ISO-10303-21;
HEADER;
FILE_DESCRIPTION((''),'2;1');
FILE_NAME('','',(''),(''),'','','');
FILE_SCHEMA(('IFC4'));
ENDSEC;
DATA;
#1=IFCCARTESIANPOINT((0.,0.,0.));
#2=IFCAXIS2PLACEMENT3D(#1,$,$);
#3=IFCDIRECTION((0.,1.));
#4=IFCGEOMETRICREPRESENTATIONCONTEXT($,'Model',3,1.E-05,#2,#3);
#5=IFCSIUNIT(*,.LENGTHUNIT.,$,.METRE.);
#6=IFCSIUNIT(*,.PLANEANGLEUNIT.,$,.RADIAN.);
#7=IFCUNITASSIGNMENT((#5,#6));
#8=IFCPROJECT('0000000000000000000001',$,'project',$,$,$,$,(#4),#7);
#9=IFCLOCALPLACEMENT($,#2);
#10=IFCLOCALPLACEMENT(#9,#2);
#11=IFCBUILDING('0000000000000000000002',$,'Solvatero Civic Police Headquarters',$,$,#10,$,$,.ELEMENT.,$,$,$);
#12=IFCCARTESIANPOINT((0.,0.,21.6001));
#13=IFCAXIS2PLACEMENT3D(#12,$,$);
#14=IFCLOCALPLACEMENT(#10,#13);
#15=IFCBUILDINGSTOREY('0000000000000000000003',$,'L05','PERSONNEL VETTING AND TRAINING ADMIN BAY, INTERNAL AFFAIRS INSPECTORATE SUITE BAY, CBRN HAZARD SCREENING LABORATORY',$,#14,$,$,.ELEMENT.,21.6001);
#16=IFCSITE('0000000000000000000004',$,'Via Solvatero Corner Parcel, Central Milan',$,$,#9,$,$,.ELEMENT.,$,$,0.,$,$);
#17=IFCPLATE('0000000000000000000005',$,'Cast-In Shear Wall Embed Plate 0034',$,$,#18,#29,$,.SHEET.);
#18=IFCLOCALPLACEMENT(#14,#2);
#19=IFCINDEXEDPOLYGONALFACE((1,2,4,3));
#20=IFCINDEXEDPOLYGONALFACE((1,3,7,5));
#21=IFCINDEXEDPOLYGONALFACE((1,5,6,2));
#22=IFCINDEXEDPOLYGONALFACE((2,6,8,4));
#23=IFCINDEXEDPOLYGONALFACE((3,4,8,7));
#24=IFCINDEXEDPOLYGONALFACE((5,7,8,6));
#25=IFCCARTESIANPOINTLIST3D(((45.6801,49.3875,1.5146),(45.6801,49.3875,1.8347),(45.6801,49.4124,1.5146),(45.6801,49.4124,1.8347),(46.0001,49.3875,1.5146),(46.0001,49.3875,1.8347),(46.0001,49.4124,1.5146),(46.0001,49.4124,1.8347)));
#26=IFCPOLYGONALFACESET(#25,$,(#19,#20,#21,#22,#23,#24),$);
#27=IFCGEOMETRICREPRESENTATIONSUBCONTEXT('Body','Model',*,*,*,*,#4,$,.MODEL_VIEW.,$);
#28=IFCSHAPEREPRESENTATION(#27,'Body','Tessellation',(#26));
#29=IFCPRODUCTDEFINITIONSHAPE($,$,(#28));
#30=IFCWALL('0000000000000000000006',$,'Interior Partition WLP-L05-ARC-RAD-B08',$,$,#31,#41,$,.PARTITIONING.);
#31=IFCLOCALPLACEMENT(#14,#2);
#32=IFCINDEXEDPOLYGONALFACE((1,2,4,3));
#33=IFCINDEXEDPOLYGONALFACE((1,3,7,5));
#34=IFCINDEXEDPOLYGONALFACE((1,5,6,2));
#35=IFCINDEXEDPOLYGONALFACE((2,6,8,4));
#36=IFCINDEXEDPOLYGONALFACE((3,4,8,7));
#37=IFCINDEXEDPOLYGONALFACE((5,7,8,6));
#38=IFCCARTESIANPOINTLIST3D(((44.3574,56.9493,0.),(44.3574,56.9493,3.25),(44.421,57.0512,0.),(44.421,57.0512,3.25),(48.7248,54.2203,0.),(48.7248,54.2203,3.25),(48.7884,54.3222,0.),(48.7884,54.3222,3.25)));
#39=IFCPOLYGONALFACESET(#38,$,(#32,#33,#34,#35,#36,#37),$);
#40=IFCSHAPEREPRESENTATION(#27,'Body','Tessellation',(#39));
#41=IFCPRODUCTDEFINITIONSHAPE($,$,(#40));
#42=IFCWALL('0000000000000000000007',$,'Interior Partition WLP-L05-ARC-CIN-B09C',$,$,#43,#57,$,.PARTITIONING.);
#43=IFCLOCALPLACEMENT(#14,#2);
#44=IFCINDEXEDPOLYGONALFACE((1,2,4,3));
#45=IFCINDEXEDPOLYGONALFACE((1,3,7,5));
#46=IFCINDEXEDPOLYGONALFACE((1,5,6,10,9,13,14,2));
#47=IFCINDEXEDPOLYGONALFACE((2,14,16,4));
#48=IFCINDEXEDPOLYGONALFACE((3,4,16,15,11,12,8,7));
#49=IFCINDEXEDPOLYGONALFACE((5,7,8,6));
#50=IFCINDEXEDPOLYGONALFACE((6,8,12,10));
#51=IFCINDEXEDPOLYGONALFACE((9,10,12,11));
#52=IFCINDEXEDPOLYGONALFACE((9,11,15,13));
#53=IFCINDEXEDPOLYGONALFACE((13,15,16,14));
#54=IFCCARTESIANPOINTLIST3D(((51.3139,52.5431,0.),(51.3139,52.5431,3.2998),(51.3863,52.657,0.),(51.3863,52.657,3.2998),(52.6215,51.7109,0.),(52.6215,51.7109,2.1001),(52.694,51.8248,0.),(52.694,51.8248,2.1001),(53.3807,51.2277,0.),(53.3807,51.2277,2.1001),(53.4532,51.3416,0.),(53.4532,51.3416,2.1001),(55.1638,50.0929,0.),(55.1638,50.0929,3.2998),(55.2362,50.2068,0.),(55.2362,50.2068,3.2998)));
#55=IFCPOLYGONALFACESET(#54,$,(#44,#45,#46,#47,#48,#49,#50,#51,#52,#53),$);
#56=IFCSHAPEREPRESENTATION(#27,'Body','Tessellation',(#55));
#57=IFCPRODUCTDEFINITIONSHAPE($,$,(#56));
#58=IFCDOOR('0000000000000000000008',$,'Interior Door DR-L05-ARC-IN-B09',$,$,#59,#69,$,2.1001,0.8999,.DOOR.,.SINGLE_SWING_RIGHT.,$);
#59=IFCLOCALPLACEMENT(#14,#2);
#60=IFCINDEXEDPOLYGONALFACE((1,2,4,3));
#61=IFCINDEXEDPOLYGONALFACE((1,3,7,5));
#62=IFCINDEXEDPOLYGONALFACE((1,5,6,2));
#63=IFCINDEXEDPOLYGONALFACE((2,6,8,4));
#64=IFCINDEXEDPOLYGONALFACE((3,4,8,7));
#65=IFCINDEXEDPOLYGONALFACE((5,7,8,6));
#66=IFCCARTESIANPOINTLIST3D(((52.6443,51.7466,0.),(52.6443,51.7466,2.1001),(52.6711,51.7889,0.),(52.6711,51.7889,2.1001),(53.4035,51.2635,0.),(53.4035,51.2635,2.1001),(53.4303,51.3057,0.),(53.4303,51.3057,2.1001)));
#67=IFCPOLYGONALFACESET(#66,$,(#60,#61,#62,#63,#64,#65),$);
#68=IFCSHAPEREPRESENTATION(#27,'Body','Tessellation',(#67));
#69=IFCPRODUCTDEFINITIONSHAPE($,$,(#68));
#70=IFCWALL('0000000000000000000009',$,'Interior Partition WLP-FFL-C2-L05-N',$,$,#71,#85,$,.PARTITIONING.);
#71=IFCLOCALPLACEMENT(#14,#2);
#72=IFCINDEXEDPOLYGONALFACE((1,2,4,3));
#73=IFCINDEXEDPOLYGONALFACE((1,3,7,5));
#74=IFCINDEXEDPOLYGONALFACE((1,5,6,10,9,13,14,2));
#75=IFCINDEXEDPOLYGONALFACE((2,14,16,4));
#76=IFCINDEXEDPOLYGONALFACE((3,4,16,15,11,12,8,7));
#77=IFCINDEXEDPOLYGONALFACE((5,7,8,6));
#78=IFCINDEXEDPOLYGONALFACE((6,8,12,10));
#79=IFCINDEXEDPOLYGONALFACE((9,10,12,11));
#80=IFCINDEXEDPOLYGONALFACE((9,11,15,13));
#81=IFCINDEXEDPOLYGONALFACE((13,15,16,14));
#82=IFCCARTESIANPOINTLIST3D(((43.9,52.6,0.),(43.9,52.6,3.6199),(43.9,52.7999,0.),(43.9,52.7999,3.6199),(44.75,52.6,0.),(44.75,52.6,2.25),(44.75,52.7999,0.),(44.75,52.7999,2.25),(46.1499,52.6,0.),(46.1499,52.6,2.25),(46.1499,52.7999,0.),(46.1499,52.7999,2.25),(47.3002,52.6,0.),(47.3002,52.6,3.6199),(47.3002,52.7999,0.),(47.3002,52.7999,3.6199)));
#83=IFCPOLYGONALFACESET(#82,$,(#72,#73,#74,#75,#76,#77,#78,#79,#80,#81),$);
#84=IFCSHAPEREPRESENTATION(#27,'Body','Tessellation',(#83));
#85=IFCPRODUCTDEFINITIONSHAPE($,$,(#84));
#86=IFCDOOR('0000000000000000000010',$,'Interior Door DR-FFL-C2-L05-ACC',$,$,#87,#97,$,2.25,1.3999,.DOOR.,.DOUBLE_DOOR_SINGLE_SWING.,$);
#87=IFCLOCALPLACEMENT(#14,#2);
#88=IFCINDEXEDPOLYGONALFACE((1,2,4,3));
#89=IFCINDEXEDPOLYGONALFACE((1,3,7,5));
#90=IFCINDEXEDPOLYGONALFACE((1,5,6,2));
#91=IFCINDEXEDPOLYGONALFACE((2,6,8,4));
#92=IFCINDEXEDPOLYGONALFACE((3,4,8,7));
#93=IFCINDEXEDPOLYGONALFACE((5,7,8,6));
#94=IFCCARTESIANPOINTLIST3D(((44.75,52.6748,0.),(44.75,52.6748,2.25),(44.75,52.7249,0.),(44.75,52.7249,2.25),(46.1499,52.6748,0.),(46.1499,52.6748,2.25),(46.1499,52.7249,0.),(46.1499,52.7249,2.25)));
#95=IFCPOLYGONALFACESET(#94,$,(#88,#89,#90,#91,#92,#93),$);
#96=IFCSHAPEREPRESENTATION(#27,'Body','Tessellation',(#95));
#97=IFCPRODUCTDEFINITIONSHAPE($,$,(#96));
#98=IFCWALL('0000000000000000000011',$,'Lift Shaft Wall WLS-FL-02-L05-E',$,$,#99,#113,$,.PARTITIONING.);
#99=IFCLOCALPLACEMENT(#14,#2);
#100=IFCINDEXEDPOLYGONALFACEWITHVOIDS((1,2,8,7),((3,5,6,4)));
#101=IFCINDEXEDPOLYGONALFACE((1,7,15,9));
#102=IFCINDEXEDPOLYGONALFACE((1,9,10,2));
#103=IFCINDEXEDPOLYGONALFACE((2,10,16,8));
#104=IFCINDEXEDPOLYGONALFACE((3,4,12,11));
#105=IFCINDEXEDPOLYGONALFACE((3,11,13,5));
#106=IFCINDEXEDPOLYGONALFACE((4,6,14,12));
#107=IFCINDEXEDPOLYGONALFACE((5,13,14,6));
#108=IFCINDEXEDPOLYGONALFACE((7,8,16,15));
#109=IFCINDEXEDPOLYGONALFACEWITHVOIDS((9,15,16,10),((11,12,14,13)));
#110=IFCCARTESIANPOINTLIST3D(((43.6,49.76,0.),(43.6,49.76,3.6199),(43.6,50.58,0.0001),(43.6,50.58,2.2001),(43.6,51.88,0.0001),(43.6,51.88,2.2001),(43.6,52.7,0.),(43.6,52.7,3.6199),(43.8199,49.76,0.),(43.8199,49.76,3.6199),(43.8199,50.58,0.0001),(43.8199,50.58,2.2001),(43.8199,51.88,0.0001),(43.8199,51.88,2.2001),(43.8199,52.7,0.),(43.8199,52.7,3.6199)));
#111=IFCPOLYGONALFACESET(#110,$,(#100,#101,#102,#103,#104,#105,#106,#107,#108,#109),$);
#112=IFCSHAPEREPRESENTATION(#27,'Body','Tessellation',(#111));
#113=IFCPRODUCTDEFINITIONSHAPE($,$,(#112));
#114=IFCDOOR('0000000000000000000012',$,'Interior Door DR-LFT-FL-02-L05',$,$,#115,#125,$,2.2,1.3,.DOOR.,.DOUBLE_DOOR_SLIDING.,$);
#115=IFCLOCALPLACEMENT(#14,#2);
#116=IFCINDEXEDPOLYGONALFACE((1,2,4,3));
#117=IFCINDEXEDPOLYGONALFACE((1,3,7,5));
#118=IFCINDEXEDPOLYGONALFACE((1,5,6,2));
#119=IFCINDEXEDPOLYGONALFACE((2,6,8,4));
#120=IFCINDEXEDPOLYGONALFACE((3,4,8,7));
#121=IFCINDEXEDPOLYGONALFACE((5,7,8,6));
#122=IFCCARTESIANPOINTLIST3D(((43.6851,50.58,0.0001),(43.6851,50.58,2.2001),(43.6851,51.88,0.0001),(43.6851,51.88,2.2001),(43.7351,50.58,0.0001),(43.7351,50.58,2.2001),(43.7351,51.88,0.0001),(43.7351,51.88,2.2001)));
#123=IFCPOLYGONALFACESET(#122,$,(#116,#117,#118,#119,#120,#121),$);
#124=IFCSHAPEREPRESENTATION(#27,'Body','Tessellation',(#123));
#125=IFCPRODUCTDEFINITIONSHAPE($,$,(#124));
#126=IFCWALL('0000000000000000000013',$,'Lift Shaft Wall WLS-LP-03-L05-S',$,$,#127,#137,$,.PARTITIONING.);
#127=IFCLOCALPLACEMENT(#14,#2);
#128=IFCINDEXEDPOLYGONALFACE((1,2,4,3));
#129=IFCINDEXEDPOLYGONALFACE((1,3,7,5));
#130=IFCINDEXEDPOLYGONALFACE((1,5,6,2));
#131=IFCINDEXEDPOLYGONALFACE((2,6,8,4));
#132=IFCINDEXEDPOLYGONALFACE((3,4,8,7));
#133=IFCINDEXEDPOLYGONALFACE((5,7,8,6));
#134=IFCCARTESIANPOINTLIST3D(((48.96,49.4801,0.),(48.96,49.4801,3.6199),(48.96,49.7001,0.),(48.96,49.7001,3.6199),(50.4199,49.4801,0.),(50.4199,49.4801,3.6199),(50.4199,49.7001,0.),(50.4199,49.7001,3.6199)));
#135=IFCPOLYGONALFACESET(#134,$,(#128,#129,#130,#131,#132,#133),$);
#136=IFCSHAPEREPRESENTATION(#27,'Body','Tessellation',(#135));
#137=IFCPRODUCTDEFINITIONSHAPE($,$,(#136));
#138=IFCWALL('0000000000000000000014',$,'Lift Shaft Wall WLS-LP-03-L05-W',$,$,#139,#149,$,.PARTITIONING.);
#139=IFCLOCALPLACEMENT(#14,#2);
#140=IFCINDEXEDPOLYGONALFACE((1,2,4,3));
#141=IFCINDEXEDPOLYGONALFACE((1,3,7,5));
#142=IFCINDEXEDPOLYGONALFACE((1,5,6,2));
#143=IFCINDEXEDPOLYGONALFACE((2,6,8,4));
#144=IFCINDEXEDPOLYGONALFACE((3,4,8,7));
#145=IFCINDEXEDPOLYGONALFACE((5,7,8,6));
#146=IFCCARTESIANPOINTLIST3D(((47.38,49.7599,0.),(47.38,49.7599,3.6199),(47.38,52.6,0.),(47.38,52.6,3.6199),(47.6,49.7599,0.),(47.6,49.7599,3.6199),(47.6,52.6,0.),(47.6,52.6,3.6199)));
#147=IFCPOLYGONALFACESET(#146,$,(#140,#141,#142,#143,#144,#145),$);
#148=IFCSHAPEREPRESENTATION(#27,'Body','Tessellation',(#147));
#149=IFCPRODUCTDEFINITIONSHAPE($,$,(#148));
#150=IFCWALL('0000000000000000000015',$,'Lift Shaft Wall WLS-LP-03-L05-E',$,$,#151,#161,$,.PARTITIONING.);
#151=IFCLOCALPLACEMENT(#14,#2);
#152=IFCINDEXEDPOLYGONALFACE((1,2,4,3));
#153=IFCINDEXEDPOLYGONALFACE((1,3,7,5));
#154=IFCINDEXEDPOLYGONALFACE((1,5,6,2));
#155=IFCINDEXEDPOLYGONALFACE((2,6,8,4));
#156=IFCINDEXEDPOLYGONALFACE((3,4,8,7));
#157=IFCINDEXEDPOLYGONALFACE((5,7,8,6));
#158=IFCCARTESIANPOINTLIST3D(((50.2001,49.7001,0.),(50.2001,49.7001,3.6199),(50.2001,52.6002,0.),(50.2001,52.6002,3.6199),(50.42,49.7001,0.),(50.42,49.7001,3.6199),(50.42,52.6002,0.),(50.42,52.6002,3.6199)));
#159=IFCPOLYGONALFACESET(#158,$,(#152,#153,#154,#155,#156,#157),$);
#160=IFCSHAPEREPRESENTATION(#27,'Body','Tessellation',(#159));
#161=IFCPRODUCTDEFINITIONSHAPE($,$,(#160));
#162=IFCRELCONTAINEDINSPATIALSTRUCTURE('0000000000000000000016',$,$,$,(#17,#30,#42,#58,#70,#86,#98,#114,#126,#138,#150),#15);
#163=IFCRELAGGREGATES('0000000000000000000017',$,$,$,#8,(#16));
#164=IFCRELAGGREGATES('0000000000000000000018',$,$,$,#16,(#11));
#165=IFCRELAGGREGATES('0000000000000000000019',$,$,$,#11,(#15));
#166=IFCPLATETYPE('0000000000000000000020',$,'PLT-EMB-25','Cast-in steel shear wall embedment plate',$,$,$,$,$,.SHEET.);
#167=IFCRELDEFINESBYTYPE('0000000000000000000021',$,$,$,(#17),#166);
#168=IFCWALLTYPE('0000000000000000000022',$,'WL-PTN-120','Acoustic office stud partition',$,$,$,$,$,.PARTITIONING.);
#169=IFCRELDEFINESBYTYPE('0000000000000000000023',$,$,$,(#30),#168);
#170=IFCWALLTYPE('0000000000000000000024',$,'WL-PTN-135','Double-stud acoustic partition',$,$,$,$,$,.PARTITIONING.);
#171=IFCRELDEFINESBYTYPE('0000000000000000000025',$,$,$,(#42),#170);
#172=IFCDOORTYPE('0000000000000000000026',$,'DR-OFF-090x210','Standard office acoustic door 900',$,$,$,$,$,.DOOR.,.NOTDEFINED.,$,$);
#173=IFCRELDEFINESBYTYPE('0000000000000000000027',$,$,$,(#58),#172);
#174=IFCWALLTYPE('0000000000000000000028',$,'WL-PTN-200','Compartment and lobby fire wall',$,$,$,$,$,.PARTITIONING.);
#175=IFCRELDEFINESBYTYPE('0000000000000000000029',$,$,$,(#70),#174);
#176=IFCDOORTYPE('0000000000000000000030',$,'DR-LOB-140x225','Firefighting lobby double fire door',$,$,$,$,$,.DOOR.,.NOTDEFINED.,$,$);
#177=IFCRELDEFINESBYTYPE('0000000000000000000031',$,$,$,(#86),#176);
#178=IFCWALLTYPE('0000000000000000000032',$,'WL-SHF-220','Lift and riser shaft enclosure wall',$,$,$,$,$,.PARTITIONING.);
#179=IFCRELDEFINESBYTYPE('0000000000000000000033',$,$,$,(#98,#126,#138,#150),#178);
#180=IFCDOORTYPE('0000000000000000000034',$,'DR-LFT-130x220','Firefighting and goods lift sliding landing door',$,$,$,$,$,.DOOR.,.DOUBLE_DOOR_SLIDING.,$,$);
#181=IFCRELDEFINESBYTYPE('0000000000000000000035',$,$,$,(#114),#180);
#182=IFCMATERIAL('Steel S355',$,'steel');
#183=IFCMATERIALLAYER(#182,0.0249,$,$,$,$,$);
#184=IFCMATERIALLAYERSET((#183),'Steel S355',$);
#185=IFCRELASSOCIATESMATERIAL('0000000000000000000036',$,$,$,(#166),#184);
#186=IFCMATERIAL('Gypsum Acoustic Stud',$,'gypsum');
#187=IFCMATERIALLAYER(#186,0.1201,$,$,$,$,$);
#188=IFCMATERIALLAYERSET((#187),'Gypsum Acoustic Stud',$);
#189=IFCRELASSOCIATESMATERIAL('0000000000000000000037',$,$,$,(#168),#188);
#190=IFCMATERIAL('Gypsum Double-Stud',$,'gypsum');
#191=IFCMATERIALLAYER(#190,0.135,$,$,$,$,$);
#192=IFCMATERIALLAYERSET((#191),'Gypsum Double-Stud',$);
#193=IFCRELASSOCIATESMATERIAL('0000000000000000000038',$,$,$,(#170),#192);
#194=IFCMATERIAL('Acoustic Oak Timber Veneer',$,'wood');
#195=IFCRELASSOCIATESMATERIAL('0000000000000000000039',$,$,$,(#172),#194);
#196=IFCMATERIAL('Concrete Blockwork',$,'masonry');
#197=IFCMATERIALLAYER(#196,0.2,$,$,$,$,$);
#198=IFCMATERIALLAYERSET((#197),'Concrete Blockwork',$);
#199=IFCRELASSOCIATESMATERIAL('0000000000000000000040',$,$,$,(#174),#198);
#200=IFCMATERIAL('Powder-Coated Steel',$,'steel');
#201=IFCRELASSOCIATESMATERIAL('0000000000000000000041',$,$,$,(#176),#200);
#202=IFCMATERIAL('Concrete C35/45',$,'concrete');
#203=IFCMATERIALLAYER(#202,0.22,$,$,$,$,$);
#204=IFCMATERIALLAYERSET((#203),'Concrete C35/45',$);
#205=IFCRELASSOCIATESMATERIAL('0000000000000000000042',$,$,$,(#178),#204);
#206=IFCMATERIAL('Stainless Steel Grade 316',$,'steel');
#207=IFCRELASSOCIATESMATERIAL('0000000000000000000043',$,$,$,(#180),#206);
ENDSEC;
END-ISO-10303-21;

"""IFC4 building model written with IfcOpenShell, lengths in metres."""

from ifc_helpers import new_model, si_unit, direction, frame, frame_2d, origin, origin_2d, place, context, subcontext, project, spatial, rectangle, extrude, material, layer, layer_set, type_object, element, fill, save


model = new_model("IFC4")

# Units and contexts
model_context = context("Model", 3, precision=1e-05, world=origin(), true_north=direction((0.0, 1.0)))
body_context = subcontext(model_context, "Body", "Model", "MODEL_VIEW")
ifc_project = project(units=[si_unit("LENGTHUNIT", "METRE"), si_unit("PLANEANGLEUNIT", "RADIAN")], contexts=[model_context])

# Site, building, storey
site_placement = place(None, origin())
site = spatial("IfcSite", under=ifc_project, at=site_placement, Name="Via Solvatero Corner Parcel, Central Milan", CompositionType="ELEMENT", RefElevation=0.0)
building_placement = place(site_placement, origin())
building = spatial("IfcBuilding", under=site, at=building_placement, Name="Solvatero Civic Police Headquarters", CompositionType="ELEMENT")
storey_placement = place(building_placement, frame((0.0, 0.0, 21.6001)))
storey = spatial("IfcBuildingStorey", under=building, at=storey_placement, Name="L05", Description="PERSONNEL VETTING AND TRAINING ADMIN BAY, INTERNAL AFFAIRS INSPECTORATE SUITE BAY, CBRN HAZARD SCREENING LABORATORY", CompositionType="ELEMENT", Elevation=21.6001)

# Shared definitions
ifc_material_1 = material(Name="Steel S355", Category="steel")

# Plate
ifc_layer_1 = layer(ifc_material_1, 0.0249)
ifc_layer_set_1 = layer_set([ifc_layer_1], Name="Steel S355")
plate_type_1 = type_object("IfcPlateType", Name="PLT-EMB-25", Description="Cast-in steel shear wall embedment plate", PredefinedType="SHEET", material=ifc_layer_set_1)
plate_1_placement = place(storey_placement, frame((45.8401, 49.3999, 1.5146), z_axis=(0.0, 0.0, 1.0), x_axis=(1.0, 0.0, 0.0)))
element("IfcPlate", 1, at=plate_1_placement, inside=storey, type_object=plate_type_1, Name="Cast-In Shear Wall Embed Plate 0034", PredefinedType="SHEET", context=body_context, shape_type="SweptSolid", body=[
    extrude(rectangle(XDim=0.3201, YDim=0.0249, at=origin_2d()), origin(), (0.0, 0.0, 1.0), 0.3201),
])

# Wall
ifc_material_2 = material(Name="Gypsum Acoustic Stud", Category="gypsum")
ifc_layer_2 = layer(ifc_material_2, 0.1201)
ifc_layer_set_2 = layer_set([ifc_layer_2], Name="Gypsum Acoustic Stud")
wall_type_1 = type_object("IfcWallType", Name="WL-PTN-120", Description="Acoustic office stud partition", PredefinedType="PARTITIONING", material=ifc_layer_set_2)
wall_1_placement = place(storey_placement, frame((48.7566, 54.2712, 0.0), z_axis=(0.0, 0.0, 1.0), x_axis=(-0.848054, 0.529909, 0.0)))
element("IfcWall", 2, at=wall_1_placement, inside=storey, type_object=wall_type_1, Name="Interior Partition WLP-L05-ARC-RAD-B08", PredefinedType="PARTITIONING", context=body_context, shape_type="SweptSolid", body=[
    extrude(rectangle(XDim=5.1499, YDim=0.1201, at=frame_2d((2.575, 0.0))), origin(), (0.0, 0.0, 1.0), 3.25),
])

# Walls, openings, doors
ifc_material_3 = material(Name="Gypsum Double-Stud", Category="gypsum")
ifc_layer_3 = layer(ifc_material_3, 0.135)
ifc_layer_set_3 = layer_set([ifc_layer_3], Name="Gypsum Double-Stud")
wall_type_2 = type_object("IfcWallType", Name="WL-PTN-135", Description="Double-stud acoustic partition", PredefinedType="PARTITIONING", material=ifc_layer_set_3)
wall_2_placement = place(storey_placement, frame((51.3501, 52.6001, 0.0), z_axis=(0.0, 0.0, 1.0), x_axis=(0.843633, -0.53692, 0.0)))
wall_2 = element("IfcWall", 3, at=wall_2_placement, inside=storey, type_object=wall_type_2, Name="Interior Partition WLP-L05-ARC-CIN-B09C", PredefinedType="PARTITIONING", context=body_context, shape_type="SweptSolid", body=[
    extrude(rectangle(XDim=4.5635, YDim=0.135, at=frame_2d((2.2817, 0.0))), origin(), (0.0, 0.0, 1.0), 3.2998),
])
opening_1_placement = place(wall_2_placement, frame((1.55, 0.0, 0.0)))
opening_1 = element("IfcOpeningElement", 4, at=opening_1_placement, cuts=wall_2, PredefinedType="OPENING", context=body_context, shape_type="SweptSolid", body=[
    extrude(rectangle(XDim=0.8999, YDim=2.1001, at=frame_2d((0.45, 1.05))), frame((0.0, 0.0774, 0.0), z_axis=(0.0, -1.0, 0.0), x_axis=(1.0, 0.0, 0.0)), (0.0, 0.0, 1.0), 0.155),
])
ifc_material_4 = material(Name="Acoustic Oak Timber Veneer", Category="wood")
door_type_1 = type_object("IfcDoorType", Name="DR-OFF-090x210", Description="Standard office acoustic door 900", OperationType="NOTDEFINED", PredefinedType="DOOR", material=ifc_material_4)
door_1_placement = place(opening_1_placement, origin())
door_1 = element("IfcDoor", 5, at=door_1_placement, inside=storey, type_object=door_type_1, Name="Interior Door DR-L05-ARC-IN-B09", OperationType="SINGLE_SWING_RIGHT", OverallHeight=2.1001, OverallWidth=0.8999, PredefinedType="DOOR", context=body_context, shape_type="SweptSolid", body=[
    extrude(rectangle(XDim=0.8999, YDim=2.1001, at=frame_2d((0.45, 1.05))), frame((0.0, 0.0249, 0.0), z_axis=(0.0, -1.0, 0.0), x_axis=(1.0, 0.0, 0.0)), (0.0, 0.0, 1.0), 0.05),
])
fill(opening_1, door_1)
ifc_material_5 = material(Name="Concrete Blockwork", Category="masonry")
ifc_layer_4 = layer(ifc_material_5, 0.2)
ifc_layer_set_4 = layer_set([ifc_layer_4], Name="Concrete Blockwork")
wall_type_3 = type_object("IfcWallType", Name="WL-PTN-200", Description="Compartment and lobby fire wall", PredefinedType="PARTITIONING", material=ifc_layer_set_4)
wall_3_placement = place(storey_placement, frame((43.8999, 52.7, 0.0), z_axis=(0.0, 0.0, 1.0), x_axis=(1.0, 0.0, 0.0)))
wall_3 = element("IfcWall", 6, at=wall_3_placement, inside=storey, type_object=wall_type_3, Name="Interior Partition WLP-FFL-C2-L05-N", PredefinedType="PARTITIONING", context=body_context, shape_type="SweptSolid", body=[
    extrude(rectangle(XDim=3.4001, YDim=0.2, at=frame_2d((1.7002, 0.0))), origin(), (0.0, 0.0, 1.0), 3.6199),
])
opening_2_placement = place(wall_3_placement, frame((0.8501, 0.0, 0.0)))
opening_2 = element("IfcOpeningElement", 7, at=opening_2_placement, cuts=wall_3, PredefinedType="OPENING", context=body_context, shape_type="SweptSolid", body=[
    extrude(rectangle(XDim=1.3999, YDim=2.25, at=frame_2d((0.7, 1.125))), frame((0.0, 0.1099, 0.0), z_axis=(0.0, -1.0, 0.0), x_axis=(1.0, 0.0, 0.0)), (0.0, 0.0, 1.0), 0.22),
])
ifc_material_6 = material(Name="Powder-Coated Steel", Category="steel")
door_type_2 = type_object("IfcDoorType", Name="DR-LOB-140x225", Description="Firefighting lobby double fire door", OperationType="NOTDEFINED", PredefinedType="DOOR", material=ifc_material_6)
door_2_placement = place(opening_2_placement, origin())
door_2 = element("IfcDoor", 8, at=door_2_placement, inside=storey, type_object=door_type_2, Name="Interior Door DR-FFL-C2-L05-ACC", OperationType="DOUBLE_DOOR_SINGLE_SWING", OverallHeight=2.25, OverallWidth=1.3999, PredefinedType="DOOR", context=body_context, shape_type="SweptSolid", body=[
    extrude(rectangle(XDim=1.3999, YDim=2.25, at=frame_2d((0.7, 1.125))), frame((0.0, 0.0249, 0.0), z_axis=(0.0, -1.0, 0.0), x_axis=(1.0, 0.0, 0.0)), (0.0, 0.0, 1.0), 0.05),
])
fill(opening_2, door_2)
ifc_material_7 = material(Name="Concrete C35/45", Category="concrete")
ifc_layer_5 = layer(ifc_material_7, 0.22)
ifc_layer_set_5 = layer_set([ifc_layer_5], Name="Concrete C35/45")
wall_type_4 = type_object("IfcWallType", Name="WL-SHF-220", Description="Lift and riser shaft enclosure wall", PredefinedType="PARTITIONING", material=ifc_layer_set_5)
wall_4_placement = place(storey_placement, frame((43.71, 49.76, 0.0), z_axis=(0.0, 0.0, 1.0), x_axis=(0.0, 1.0, 0.0)))
wall_4 = element("IfcWall", 9, at=wall_4_placement, inside=storey, type_object=wall_type_4, Name="Lift Shaft Wall WLS-FL-02-L05-E", PredefinedType="PARTITIONING", context=body_context, shape_type="SweptSolid", body=[
    extrude(rectangle(XDim=2.9399, YDim=0.22, at=frame_2d((1.47, 0.0))), origin(), (0.0, 0.0, 1.0), 3.6199),
])
opening_3_placement = place(wall_4_placement, frame((0.8201, 0.0, 0.0)))
opening_3 = element("IfcOpeningElement", 10, at=opening_3_placement, cuts=wall_4, PredefinedType="OPENING", context=body_context, shape_type="SweptSolid", body=[
    extrude(rectangle(XDim=1.3, YDim=2.2, at=frame_2d((0.6499, 1.1001))), frame((0.0, 0.1199, 0.0), z_axis=(0.0, -1.0, 0.0), x_axis=(1.0, 0.0, 0.0)), (0.0, 0.0, 1.0), 0.24),
])
ifc_material_8 = material(Name="Stainless Steel Grade 316", Category="steel")
door_type_3 = type_object("IfcDoorType", Name="DR-LFT-130x220", Description="Firefighting and goods lift sliding landing door", OperationType="DOUBLE_DOOR_SLIDING", PredefinedType="DOOR", material=ifc_material_8)
door_3_placement = place(opening_3_placement, origin())
door_3 = element("IfcDoor", 11, at=door_3_placement, inside=storey, type_object=door_type_3, Name="Interior Door DR-LFT-FL-02-L05", OperationType="DOUBLE_DOOR_SLIDING", OverallHeight=2.2, OverallWidth=1.3, PredefinedType="DOOR", context=body_context, shape_type="SweptSolid", body=[
    extrude(rectangle(XDim=1.3, YDim=2.2, at=frame_2d((0.6499, 1.1001))), frame((0.0, 0.0249, 0.0), z_axis=(0.0, -1.0, 0.0), x_axis=(1.0, 0.0, 0.0)), (0.0, 0.0, 1.0), 0.05),
])
fill(opening_3, door_3)

# Wall
wall_5_placement = place(storey_placement, frame((48.96, 49.5901, 0.0), z_axis=(0.0, 0.0, 1.0), x_axis=(1.0, 0.0, 0.0)))
element("IfcWall", 12, at=wall_5_placement, inside=storey, type_object=wall_type_4, Name="Lift Shaft Wall WLS-LP-03-L05-S", PredefinedType="PARTITIONING", context=body_context, shape_type="SweptSolid", body=[
    extrude(rectangle(XDim=1.46, YDim=0.22, at=frame_2d((0.73, 0.0))), origin(), (0.0, 0.0, 1.0), 3.6199),
])

# Walls
wall_6_placement = place(storey_placement, frame((47.49, 49.76, 0.0), z_axis=(0.0, 0.0, 1.0), x_axis=(0.0, 1.0, 0.0)))
element("IfcWall", 13, at=wall_6_placement, inside=storey, type_object=wall_type_4, Name="Lift Shaft Wall WLS-LP-03-L05-W", PredefinedType="PARTITIONING", context=body_context, shape_type="SweptSolid", body=[
    extrude(rectangle(XDim=2.8401, YDim=0.22, at=frame_2d((1.4199, 0.0))), origin(), (0.0, 0.0, 1.0), 3.6199),
])
wall_7_placement = place(storey_placement, frame((50.3101, 49.7, 0.0), z_axis=(0.0, 0.0, 1.0), x_axis=(0.0, 1.0, 0.0)))
element("IfcWall", 14, at=wall_7_placement, inside=storey, type_object=wall_type_4, Name="Lift Shaft Wall WLS-LP-03-L05-E", PredefinedType="PARTITIONING", context=body_context, shape_type="SweptSolid", body=[
    extrude(rectangle(XDim=2.9001, YDim=0.22, at=frame_2d((1.4502, 0.0))), origin(), (0.0, 0.0, 1.0), 3.6199),
])

save(model, "model.ifc")
